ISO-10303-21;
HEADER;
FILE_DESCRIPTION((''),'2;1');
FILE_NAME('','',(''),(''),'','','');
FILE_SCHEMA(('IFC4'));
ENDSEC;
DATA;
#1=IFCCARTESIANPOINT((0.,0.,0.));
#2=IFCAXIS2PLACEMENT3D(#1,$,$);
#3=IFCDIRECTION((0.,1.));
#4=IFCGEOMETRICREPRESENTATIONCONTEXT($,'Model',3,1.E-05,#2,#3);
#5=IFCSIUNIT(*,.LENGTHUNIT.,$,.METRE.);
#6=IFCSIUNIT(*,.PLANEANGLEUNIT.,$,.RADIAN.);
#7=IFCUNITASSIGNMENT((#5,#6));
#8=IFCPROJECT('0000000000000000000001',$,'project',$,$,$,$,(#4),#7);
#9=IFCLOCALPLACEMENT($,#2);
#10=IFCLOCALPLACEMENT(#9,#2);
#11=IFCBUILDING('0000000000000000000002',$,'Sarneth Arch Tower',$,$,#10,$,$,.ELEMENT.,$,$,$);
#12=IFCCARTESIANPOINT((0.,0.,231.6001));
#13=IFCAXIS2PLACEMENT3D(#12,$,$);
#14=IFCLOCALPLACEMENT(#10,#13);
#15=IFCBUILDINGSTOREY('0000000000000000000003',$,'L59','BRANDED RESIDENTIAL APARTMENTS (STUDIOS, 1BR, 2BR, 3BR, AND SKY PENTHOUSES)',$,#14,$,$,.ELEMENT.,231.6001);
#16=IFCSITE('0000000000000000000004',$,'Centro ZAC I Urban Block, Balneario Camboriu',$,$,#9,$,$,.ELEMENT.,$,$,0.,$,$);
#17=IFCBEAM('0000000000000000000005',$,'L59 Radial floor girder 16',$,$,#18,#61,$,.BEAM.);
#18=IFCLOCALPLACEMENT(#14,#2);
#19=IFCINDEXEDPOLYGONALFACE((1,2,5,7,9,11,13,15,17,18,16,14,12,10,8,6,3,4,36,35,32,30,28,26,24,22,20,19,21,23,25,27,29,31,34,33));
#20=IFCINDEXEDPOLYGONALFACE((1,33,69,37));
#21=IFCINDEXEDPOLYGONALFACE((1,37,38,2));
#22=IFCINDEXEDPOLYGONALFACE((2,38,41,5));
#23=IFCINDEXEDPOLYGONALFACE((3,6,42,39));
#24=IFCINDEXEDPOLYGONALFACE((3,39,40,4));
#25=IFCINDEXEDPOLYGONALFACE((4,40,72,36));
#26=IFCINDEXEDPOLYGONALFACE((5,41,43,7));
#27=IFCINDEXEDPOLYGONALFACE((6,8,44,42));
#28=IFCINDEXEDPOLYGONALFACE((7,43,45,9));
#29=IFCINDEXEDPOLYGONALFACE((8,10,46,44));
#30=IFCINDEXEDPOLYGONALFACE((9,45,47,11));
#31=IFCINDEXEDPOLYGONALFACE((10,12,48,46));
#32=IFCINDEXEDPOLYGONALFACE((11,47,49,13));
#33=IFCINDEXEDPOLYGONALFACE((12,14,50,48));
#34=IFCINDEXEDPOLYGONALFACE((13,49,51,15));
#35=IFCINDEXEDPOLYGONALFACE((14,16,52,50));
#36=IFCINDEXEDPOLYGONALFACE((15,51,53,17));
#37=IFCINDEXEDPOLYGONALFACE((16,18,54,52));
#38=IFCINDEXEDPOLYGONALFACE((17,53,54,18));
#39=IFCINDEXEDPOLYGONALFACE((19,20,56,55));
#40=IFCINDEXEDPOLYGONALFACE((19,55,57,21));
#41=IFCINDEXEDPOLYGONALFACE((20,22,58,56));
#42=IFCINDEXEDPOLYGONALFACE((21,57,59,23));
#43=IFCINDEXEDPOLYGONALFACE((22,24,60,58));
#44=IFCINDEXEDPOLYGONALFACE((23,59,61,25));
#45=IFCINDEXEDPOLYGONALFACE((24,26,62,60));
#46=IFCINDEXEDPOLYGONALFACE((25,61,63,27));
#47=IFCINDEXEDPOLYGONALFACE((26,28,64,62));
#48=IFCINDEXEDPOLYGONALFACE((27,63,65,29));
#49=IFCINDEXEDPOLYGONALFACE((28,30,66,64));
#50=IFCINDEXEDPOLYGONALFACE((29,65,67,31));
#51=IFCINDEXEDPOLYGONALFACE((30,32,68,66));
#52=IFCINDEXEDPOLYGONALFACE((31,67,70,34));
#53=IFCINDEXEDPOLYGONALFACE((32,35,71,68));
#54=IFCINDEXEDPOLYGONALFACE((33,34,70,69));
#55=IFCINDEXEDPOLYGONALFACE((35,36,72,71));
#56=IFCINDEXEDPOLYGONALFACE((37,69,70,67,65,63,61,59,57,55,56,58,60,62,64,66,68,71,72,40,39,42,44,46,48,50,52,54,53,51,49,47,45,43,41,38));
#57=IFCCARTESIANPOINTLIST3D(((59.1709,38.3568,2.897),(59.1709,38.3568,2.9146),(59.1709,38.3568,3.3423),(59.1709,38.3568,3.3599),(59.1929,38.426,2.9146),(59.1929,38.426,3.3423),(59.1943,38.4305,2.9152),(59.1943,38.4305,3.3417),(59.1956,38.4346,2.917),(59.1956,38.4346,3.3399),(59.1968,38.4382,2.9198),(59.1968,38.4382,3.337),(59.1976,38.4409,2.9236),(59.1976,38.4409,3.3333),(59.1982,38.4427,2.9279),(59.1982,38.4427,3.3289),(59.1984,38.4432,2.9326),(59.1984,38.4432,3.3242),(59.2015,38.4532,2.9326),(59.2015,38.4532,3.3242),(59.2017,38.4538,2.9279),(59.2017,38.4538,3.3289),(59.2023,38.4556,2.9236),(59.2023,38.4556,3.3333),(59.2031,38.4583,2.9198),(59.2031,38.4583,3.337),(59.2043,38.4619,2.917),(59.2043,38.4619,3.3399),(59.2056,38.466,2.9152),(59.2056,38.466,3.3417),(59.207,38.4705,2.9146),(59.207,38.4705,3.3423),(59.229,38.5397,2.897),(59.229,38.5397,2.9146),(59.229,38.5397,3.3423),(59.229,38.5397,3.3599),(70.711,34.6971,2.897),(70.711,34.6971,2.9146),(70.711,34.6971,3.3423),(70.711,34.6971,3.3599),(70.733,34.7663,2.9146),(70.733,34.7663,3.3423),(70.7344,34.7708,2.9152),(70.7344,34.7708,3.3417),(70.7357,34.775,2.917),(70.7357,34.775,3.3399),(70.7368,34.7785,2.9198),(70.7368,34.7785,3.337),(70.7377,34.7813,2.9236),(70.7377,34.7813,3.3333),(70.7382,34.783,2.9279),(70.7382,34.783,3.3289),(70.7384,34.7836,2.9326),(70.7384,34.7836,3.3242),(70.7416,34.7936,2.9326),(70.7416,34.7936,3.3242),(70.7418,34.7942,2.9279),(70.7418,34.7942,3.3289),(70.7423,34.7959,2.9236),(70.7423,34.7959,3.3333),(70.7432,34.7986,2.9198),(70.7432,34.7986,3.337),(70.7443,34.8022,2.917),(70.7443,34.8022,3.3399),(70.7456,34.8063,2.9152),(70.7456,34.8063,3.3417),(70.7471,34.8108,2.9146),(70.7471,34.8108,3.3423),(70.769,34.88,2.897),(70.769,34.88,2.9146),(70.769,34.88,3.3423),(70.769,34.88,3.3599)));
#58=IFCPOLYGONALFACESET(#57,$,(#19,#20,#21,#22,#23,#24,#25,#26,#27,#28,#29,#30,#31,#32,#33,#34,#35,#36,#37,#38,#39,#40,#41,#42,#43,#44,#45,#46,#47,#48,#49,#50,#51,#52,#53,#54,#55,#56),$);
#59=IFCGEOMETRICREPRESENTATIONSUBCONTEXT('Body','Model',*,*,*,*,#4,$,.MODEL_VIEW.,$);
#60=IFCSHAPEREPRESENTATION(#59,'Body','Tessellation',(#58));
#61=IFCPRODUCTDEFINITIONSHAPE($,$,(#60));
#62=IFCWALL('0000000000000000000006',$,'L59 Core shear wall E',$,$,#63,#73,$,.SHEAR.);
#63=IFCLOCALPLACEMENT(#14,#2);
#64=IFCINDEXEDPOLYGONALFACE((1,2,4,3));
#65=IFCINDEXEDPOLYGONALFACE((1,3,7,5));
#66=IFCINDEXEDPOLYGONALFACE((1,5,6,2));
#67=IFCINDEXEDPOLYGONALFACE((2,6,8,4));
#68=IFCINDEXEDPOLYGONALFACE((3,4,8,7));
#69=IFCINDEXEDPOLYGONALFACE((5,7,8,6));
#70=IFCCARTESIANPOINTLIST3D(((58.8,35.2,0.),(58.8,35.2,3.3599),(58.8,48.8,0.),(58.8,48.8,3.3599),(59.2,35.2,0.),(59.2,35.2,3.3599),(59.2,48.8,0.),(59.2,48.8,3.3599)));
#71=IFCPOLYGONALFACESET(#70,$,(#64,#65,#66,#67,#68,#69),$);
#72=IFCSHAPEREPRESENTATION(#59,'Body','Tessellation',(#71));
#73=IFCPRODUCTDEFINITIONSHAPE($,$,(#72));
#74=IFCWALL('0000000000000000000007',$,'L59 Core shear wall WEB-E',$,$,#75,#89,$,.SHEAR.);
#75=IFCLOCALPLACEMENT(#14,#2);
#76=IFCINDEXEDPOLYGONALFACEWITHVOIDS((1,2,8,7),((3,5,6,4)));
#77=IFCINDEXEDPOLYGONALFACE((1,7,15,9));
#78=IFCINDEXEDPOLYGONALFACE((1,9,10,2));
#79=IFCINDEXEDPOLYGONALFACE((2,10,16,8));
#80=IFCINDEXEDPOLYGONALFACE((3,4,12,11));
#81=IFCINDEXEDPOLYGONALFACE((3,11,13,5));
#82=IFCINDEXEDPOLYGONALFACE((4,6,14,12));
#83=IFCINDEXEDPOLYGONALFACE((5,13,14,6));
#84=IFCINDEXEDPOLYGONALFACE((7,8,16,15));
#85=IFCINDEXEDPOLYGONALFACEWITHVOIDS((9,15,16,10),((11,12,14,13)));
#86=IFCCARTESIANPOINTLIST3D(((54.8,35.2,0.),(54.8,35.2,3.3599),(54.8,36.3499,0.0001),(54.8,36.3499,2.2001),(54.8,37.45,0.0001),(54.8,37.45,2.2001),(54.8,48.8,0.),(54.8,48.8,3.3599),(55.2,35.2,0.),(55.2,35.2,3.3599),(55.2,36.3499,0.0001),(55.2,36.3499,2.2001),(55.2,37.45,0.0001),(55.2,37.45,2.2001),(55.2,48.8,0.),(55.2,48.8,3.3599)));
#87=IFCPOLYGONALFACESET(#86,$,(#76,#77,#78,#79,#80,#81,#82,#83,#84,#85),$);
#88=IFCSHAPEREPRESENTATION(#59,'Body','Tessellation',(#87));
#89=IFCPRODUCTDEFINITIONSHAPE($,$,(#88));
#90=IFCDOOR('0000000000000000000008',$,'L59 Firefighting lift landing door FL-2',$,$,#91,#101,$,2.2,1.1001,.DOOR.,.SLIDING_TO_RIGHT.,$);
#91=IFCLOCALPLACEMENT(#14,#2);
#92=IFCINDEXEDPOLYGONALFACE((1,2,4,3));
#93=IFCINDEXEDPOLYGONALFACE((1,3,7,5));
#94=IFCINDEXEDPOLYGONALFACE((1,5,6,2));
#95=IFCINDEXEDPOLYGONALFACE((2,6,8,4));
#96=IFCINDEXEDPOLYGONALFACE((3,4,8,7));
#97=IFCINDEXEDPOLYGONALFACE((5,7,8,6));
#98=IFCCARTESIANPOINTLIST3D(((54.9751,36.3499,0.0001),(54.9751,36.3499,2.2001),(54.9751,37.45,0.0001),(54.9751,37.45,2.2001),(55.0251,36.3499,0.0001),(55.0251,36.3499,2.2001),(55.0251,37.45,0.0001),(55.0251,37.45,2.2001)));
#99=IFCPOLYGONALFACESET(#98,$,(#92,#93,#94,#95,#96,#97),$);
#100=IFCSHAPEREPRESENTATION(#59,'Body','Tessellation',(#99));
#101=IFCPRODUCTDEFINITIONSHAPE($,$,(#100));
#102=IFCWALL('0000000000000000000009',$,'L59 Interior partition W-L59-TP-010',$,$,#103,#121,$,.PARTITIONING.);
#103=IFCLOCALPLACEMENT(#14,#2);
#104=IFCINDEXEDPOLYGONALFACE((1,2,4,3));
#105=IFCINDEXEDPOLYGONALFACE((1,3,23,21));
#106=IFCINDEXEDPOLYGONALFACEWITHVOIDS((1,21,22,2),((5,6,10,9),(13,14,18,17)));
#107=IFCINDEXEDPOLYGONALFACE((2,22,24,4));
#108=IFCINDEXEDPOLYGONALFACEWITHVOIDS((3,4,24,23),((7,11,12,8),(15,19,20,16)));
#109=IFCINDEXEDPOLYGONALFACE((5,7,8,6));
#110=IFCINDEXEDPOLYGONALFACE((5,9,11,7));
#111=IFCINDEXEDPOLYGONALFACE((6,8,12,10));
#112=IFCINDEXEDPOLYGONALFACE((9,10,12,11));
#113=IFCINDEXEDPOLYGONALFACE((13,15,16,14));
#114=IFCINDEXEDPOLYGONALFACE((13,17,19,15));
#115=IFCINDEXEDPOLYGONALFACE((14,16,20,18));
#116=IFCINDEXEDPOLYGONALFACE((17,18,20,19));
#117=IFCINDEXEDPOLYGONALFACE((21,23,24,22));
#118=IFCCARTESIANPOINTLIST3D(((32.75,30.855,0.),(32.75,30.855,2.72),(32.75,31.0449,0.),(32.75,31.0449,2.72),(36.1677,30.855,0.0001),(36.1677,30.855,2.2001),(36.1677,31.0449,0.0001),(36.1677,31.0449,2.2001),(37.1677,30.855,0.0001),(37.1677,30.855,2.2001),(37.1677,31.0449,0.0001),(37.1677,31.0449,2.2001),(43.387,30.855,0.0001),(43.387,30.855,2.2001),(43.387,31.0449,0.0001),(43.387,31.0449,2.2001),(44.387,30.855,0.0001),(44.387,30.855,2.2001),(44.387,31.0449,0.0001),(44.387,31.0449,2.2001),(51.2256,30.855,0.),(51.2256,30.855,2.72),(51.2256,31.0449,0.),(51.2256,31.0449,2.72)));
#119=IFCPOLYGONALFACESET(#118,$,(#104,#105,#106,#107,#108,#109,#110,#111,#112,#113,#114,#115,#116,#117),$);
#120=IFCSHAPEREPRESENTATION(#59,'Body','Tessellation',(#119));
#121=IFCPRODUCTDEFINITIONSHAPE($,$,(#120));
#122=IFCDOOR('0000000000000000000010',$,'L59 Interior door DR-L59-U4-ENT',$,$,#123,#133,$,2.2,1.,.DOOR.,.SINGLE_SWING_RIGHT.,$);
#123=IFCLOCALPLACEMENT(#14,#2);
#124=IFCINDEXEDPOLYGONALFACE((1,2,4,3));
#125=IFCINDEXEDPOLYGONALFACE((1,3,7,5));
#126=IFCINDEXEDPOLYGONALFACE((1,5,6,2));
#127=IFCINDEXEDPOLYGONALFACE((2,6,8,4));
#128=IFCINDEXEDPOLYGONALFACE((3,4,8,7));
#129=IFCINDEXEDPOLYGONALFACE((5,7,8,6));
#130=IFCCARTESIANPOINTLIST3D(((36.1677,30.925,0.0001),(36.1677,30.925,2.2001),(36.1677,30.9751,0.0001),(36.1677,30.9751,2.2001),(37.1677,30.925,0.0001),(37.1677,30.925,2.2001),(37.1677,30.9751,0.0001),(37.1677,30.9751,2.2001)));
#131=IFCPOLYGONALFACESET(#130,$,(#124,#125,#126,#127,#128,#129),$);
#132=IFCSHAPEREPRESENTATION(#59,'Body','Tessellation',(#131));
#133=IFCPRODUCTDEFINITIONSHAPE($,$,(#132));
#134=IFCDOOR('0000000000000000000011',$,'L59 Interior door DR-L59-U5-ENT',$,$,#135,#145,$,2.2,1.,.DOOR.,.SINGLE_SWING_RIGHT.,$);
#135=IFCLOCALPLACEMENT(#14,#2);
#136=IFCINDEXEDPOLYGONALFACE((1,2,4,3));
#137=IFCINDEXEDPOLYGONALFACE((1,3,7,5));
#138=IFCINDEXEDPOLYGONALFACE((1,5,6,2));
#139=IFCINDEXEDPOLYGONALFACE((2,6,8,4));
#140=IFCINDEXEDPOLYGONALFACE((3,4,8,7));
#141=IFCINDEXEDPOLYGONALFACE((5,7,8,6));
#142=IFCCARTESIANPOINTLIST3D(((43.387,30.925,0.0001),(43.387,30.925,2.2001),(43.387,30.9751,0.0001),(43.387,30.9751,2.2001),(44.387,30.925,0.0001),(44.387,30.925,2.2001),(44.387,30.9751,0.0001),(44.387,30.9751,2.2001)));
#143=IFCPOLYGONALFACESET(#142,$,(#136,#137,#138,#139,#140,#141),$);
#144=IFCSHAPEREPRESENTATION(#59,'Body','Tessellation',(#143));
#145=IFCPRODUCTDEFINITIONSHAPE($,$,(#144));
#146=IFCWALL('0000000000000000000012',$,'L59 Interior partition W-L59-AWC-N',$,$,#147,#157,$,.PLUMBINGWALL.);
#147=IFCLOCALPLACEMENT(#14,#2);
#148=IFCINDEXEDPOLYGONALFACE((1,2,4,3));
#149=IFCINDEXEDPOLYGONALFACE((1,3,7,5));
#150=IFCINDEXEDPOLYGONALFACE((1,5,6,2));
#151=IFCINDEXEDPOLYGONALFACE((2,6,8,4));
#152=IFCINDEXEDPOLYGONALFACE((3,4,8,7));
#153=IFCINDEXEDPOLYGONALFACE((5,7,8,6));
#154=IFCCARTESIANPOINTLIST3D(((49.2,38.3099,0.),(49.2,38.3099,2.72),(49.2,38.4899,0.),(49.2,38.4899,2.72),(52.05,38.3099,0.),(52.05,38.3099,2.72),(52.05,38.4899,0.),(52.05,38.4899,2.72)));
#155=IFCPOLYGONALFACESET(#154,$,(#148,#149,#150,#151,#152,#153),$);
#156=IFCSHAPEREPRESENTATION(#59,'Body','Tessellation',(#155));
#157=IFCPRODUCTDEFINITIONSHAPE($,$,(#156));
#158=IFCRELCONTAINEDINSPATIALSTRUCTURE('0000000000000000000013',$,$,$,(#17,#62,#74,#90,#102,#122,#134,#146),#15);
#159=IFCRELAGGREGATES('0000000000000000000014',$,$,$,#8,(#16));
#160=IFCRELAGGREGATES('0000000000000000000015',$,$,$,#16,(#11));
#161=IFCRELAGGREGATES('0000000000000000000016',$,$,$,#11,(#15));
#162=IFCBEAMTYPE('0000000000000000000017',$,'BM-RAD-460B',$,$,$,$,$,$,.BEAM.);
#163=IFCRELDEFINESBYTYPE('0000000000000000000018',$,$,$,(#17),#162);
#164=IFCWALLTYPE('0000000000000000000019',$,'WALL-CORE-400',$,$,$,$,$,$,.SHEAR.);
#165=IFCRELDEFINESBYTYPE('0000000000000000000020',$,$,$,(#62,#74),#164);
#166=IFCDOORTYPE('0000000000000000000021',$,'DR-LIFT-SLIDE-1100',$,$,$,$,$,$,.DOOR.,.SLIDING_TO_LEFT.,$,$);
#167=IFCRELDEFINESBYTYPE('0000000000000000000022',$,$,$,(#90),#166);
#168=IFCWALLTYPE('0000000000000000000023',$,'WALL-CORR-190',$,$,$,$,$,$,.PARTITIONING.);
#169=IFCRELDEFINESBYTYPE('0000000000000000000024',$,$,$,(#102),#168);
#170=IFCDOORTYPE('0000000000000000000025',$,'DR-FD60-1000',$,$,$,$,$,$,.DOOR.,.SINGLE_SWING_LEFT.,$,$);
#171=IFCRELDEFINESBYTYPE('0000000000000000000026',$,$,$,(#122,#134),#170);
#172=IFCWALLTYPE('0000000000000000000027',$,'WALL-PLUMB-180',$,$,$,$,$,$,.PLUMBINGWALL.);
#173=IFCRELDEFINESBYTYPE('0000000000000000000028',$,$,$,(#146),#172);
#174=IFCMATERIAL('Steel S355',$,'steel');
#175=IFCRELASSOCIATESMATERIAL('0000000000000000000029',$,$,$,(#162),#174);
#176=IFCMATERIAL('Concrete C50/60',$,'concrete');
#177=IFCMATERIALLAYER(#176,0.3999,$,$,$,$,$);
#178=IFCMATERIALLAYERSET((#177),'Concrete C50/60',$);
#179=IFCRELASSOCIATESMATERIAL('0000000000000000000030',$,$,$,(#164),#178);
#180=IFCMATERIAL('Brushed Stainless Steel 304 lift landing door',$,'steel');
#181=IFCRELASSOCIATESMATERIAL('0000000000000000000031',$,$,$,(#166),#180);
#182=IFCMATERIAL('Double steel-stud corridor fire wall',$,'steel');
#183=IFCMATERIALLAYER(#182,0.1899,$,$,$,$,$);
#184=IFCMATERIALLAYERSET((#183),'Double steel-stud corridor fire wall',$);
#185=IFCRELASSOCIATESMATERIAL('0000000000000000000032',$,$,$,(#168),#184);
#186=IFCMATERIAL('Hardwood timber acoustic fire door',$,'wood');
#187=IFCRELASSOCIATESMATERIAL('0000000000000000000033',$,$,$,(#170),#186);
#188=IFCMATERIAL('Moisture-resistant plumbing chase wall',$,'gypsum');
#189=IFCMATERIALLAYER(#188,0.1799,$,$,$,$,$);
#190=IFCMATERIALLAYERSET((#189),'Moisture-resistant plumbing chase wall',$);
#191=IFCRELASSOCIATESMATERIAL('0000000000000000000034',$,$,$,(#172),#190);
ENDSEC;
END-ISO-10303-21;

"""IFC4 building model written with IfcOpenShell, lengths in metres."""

from ifc_helpers import new_model, si_unit, direction, frame, frame_2d, origin, origin_2d, place, context, subcontext, project, spatial, rectangle, i_section, extrude, material, layer, layer_set, material_profile, profile_set, type_object, element, fill, save


model = new_model("IFC4")

# Units and contexts
model_context = context("Model", 3, precision=1e-05, world=origin(), true_north=direction((0.0, 1.0)))
body_context = subcontext(model_context, "Body", "Model", "MODEL_VIEW")
ifc_project = project(units=[si_unit("LENGTHUNIT", "METRE"), si_unit("PLANEANGLEUNIT", "RADIAN")], contexts=[model_context])

# Site, building, storey
site_placement = place(None, origin())
site = spatial("IfcSite", under=ifc_project, at=site_placement, Name="Centro ZAC I Urban Block, Balneario Camboriu", CompositionType="ELEMENT", RefElevation=0.0)
building_placement = place(site_placement, origin())
building = spatial("IfcBuilding", under=site, at=building_placement, Name="Sarneth Arch Tower", CompositionType="ELEMENT")
storey_placement = place(building_placement, frame((0.0, 0.0, 231.6001)))
storey = spatial("IfcBuildingStorey", under=building, at=storey_placement, Name="L59", Description="BRANDED RESIDENTIAL APARTMENTS (STUDIOS, 1BR, 2BR, 3BR, AND SKY PENTHOUSES)", CompositionType="ELEMENT", Elevation=231.6001)

# Beam
ifc_material_1 = material(Name="Steel S355", Category="steel")
ifc_material_profile_1 = material_profile(ifc_material_1, i_section(OverallWidth=0.1919, OverallDepth=0.4629, WebThickness=0.0105, FlangeThickness=0.0176, FilletRadius=0.0181, at=origin_2d()), Name="W460x89")
ifc_profile_set_1 = profile_set([ifc_material_profile_1], Name="Steel S355")
beam_type_1 = type_object("IfcBeamType", Name="BM-RAD-460B", PredefinedType="BEAM", material=ifc_profile_set_1)
beam_1_placement = place(storey_placement, frame((59.2, 38.4482, 3.1284), z_axis=(0.953216, -0.302291, 0.0), x_axis=(0.302291, 0.953216, 0.0)))
element("IfcBeam", 1, at=beam_1_placement, inside=storey, type_object=beam_type_1, Name="L59 Radial floor girder 16", PredefinedType="BEAM", context=body_context, shape_type="SweptSolid", body=[
    extrude(i_section(OverallWidth=0.1919, OverallDepth=0.4629, WebThickness=0.0105, FlangeThickness=0.0176, FilletRadius=0.0181, at=origin_2d()), origin(), (0.0, 0.0, 1.0), 12.1064),
])

# Shared definitions
ifc_material_2 = material(Name="Concrete C50/60", Category="concrete")
ifc_layer_1 = layer(ifc_material_2, 0.3999)
ifc_layer_set_1 = layer_set([ifc_layer_1], Name="Concrete C50/60")
wall_type_1 = type_object("IfcWallType", Name="WALL-CORE-400", PredefinedType="SHEAR", material=ifc_layer_set_1)

# Wall
wall_1_placement = place(storey_placement, frame((59.0, 35.2, 0.0), z_axis=(0.0, 0.0, 1.0), x_axis=(0.0, 1.0, 0.0)))
element("IfcWall", 2, at=wall_1_placement, inside=storey, type_object=wall_type_1, Name="L59 Core shear wall E", PredefinedType="SHEAR", context=body_context, shape_type="SweptSolid", body=[
    extrude(rectangle(XDim=13.6001, YDim=0.3999, at=frame_2d((6.8, 0.0))), origin(), (0.0, 0.0, 1.0), 3.3599),
])

# Wall, opening, door
wall_2_placement = place(storey_placement, frame((55.0, 35.2, 0.0), z_axis=(0.0, 0.0, 1.0), x_axis=(0.0, 1.0, 0.0)))
wall_2 = element("IfcWall", 3, at=wall_2_placement, inside=storey, type_object=wall_type_1, Name="L59 Core shear wall WEB-E", PredefinedType="SHEAR", context=body_context, shape_type="SweptSolid", body=[
    extrude(rectangle(XDim=13.6001, YDim=0.3999, at=frame_2d((6.8, 0.0))), origin(), (0.0, 0.0, 1.0), 3.3599),
])
opening_1_placement = place(wall_2_placement, frame((1.1499, 0.0, 0.0)))
opening_1 = element("IfcOpeningElement", 4, at=opening_1_placement, cuts=wall_2, PredefinedType="OPENING", context=body_context, shape_type="SweptSolid", body=[
    extrude(rectangle(XDim=1.1001, YDim=2.2, at=frame_2d((0.55, 1.1001))), frame((0.0, 0.21, 0.0), z_axis=(0.0, -1.0, 0.0), x_axis=(1.0, 0.0, 0.0)), (0.0, 0.0, 1.0), 0.4199),
])
ifc_material_3 = material(Name="Brushed Stainless Steel 304 lift landing door", Category="steel")
door_type_1 = type_object("IfcDoorType", Name="DR-LIFT-SLIDE-1100", OperationType="SLIDING_TO_LEFT", PredefinedType="DOOR", material=ifc_material_3)
door_1_placement = place(opening_1_placement, origin())
door_1 = element("IfcDoor", 5, at=door_1_placement, inside=storey, type_object=door_type_1, Name="L59 Firefighting lift landing door FL-2", OperationType="SLIDING_TO_RIGHT", OverallHeight=2.2, OverallWidth=1.1001, PredefinedType="DOOR", context=body_context, shape_type="SweptSolid", body=[
    extrude(rectangle(XDim=1.1001, YDim=2.2, at=frame_2d((0.55, 1.1001))), frame((0.0, 0.0249, 0.0), z_axis=(0.0, -1.0, 0.0), x_axis=(1.0, 0.0, 0.0)), (0.0, 0.0, 1.0), 0.05),
])
fill(opening_1, door_1)

# Wall, openings, doors
ifc_material_4 = material(Name="Double steel-stud corridor fire wall", Category="steel")
ifc_layer_2 = layer(ifc_material_4, 0.1899)
ifc_layer_set_2 = layer_set([ifc_layer_2], Name="Double steel-stud corridor fire wall")
wall_type_2 = type_object("IfcWallType", Name="WALL-CORR-190", PredefinedType="PARTITIONING", material=ifc_layer_set_2)
wall_3_placement = place(storey_placement, frame((51.2256, 30.95, 0.0), z_axis=(0.0, 0.0, 1.0), x_axis=(-1.0, 0.0, 0.0)))
wall_3 = element("IfcWall", 6, at=wall_3_placement, inside=storey, type_object=wall_type_2, Name="L59 Interior partition W-L59-TP-010", PredefinedType="PARTITIONING", context=body_context, shape_type="SweptSolid", body=[
    extrude(rectangle(XDim=18.4756, YDim=0.1899, at=frame_2d((9.2378, 0.0))), origin(), (0.0, 0.0, 1.0), 2.72),
])
opening_2_placement = place(wall_3_placement, frame((14.0579, 0.0, 0.0)))
opening_2 = element("IfcOpeningElement", 7, at=opening_2_placement, cuts=wall_3, PredefinedType="OPENING", context=body_context, shape_type="SweptSolid", body=[
    extrude(rectangle(XDim=1.0, YDim=2.2, at=frame_2d((0.5, 1.1001))), frame((0.0, 0.105, 0.0), z_axis=(0.0, -1.0, 0.0), x_axis=(1.0, 0.0, 0.0)), (0.0, 0.0, 1.0), 0.21),
])
opening_3_placement = place(wall_3_placement, frame((6.8386, 0.0, 0.0)))
opening_3 = element("IfcOpeningElement", 8, at=opening_3_placement, cuts=wall_3, PredefinedType="OPENING", context=body_context, shape_type="SweptSolid", body=[
    extrude(rectangle(XDim=1.0, YDim=2.2, at=frame_2d((0.5, 1.1001))), frame((0.0, 0.105, 0.0), z_axis=(0.0, -1.0, 0.0), x_axis=(1.0, 0.0, 0.0)), (0.0, 0.0, 1.0), 0.21),
])
ifc_material_5 = material(Name="Hardwood timber acoustic fire door", Category="wood")
door_type_2 = type_object("IfcDoorType", Name="DR-FD60-1000", OperationType="SINGLE_SWING_LEFT", PredefinedType="DOOR", material=ifc_material_5)
door_2_placement = place(opening_2_placement, origin())
door_2 = element("IfcDoor", 9, at=door_2_placement, inside=storey, type_object=door_type_2, Name="L59 Interior door DR-L59-U4-ENT", OperationType="SINGLE_SWING_RIGHT", OverallHeight=2.2, OverallWidth=1.0, PredefinedType="DOOR", context=body_context, shape_type="SweptSolid", body=[
    extrude(rectangle(XDim=1.0, YDim=2.2, at=frame_2d((0.5, 1.1001))), frame((0.0, 0.0249, 0.0), z_axis=(0.0, -1.0, 0.0), x_axis=(1.0, 0.0, 0.0)), (0.0, 0.0, 1.0), 0.05),
])
fill(opening_2, door_2)
door_3_placement = place(opening_3_placement, origin())
door_3 = element("IfcDoor", 10, at=door_3_placement, inside=storey, type_object=door_type_2, Name="L59 Interior door DR-L59-U5-ENT", OperationType="SINGLE_SWING_RIGHT", OverallHeight=2.2, OverallWidth=1.0, PredefinedType="DOOR", context=body_context, shape_type="SweptSolid", body=[
    extrude(rectangle(XDim=1.0, YDim=2.2, at=frame_2d((0.5, 1.1001))), frame((0.0, 0.0249, 0.0), z_axis=(0.0, -1.0, 0.0), x_axis=(1.0, 0.0, 0.0)), (0.0, 0.0, 1.0), 0.05),
])
fill(opening_3, door_3)

# Wall
ifc_material_6 = material(Name="Moisture-resistant plumbing chase wall", Category="gypsum")
ifc_layer_3 = layer(ifc_material_6, 0.1799)
ifc_layer_set_3 = layer_set([ifc_layer_3], Name="Moisture-resistant plumbing chase wall")
wall_type_3 = type_object("IfcWallType", Name="WALL-PLUMB-180", PredefinedType="PLUMBINGWALL", material=ifc_layer_set_3)
wall_4_placement = place(storey_placement, frame((49.2, 38.3999, 0.0), z_axis=(0.0, 0.0, 1.0), x_axis=(1.0, 0.0, 0.0)))
element("IfcWall", 11, at=wall_4_placement, inside=storey, type_object=wall_type_3, Name="L59 Interior partition W-L59-AWC-N", PredefinedType="PLUMBINGWALL", context=body_context, shape_type="SweptSolid", body=[
    extrude(rectangle(XDim=2.8501, YDim=0.1799, at=frame_2d((1.425, 0.0))), origin(), (0.0, 0.0, 1.0), 2.72),
])

save(model, "model.ifc")
